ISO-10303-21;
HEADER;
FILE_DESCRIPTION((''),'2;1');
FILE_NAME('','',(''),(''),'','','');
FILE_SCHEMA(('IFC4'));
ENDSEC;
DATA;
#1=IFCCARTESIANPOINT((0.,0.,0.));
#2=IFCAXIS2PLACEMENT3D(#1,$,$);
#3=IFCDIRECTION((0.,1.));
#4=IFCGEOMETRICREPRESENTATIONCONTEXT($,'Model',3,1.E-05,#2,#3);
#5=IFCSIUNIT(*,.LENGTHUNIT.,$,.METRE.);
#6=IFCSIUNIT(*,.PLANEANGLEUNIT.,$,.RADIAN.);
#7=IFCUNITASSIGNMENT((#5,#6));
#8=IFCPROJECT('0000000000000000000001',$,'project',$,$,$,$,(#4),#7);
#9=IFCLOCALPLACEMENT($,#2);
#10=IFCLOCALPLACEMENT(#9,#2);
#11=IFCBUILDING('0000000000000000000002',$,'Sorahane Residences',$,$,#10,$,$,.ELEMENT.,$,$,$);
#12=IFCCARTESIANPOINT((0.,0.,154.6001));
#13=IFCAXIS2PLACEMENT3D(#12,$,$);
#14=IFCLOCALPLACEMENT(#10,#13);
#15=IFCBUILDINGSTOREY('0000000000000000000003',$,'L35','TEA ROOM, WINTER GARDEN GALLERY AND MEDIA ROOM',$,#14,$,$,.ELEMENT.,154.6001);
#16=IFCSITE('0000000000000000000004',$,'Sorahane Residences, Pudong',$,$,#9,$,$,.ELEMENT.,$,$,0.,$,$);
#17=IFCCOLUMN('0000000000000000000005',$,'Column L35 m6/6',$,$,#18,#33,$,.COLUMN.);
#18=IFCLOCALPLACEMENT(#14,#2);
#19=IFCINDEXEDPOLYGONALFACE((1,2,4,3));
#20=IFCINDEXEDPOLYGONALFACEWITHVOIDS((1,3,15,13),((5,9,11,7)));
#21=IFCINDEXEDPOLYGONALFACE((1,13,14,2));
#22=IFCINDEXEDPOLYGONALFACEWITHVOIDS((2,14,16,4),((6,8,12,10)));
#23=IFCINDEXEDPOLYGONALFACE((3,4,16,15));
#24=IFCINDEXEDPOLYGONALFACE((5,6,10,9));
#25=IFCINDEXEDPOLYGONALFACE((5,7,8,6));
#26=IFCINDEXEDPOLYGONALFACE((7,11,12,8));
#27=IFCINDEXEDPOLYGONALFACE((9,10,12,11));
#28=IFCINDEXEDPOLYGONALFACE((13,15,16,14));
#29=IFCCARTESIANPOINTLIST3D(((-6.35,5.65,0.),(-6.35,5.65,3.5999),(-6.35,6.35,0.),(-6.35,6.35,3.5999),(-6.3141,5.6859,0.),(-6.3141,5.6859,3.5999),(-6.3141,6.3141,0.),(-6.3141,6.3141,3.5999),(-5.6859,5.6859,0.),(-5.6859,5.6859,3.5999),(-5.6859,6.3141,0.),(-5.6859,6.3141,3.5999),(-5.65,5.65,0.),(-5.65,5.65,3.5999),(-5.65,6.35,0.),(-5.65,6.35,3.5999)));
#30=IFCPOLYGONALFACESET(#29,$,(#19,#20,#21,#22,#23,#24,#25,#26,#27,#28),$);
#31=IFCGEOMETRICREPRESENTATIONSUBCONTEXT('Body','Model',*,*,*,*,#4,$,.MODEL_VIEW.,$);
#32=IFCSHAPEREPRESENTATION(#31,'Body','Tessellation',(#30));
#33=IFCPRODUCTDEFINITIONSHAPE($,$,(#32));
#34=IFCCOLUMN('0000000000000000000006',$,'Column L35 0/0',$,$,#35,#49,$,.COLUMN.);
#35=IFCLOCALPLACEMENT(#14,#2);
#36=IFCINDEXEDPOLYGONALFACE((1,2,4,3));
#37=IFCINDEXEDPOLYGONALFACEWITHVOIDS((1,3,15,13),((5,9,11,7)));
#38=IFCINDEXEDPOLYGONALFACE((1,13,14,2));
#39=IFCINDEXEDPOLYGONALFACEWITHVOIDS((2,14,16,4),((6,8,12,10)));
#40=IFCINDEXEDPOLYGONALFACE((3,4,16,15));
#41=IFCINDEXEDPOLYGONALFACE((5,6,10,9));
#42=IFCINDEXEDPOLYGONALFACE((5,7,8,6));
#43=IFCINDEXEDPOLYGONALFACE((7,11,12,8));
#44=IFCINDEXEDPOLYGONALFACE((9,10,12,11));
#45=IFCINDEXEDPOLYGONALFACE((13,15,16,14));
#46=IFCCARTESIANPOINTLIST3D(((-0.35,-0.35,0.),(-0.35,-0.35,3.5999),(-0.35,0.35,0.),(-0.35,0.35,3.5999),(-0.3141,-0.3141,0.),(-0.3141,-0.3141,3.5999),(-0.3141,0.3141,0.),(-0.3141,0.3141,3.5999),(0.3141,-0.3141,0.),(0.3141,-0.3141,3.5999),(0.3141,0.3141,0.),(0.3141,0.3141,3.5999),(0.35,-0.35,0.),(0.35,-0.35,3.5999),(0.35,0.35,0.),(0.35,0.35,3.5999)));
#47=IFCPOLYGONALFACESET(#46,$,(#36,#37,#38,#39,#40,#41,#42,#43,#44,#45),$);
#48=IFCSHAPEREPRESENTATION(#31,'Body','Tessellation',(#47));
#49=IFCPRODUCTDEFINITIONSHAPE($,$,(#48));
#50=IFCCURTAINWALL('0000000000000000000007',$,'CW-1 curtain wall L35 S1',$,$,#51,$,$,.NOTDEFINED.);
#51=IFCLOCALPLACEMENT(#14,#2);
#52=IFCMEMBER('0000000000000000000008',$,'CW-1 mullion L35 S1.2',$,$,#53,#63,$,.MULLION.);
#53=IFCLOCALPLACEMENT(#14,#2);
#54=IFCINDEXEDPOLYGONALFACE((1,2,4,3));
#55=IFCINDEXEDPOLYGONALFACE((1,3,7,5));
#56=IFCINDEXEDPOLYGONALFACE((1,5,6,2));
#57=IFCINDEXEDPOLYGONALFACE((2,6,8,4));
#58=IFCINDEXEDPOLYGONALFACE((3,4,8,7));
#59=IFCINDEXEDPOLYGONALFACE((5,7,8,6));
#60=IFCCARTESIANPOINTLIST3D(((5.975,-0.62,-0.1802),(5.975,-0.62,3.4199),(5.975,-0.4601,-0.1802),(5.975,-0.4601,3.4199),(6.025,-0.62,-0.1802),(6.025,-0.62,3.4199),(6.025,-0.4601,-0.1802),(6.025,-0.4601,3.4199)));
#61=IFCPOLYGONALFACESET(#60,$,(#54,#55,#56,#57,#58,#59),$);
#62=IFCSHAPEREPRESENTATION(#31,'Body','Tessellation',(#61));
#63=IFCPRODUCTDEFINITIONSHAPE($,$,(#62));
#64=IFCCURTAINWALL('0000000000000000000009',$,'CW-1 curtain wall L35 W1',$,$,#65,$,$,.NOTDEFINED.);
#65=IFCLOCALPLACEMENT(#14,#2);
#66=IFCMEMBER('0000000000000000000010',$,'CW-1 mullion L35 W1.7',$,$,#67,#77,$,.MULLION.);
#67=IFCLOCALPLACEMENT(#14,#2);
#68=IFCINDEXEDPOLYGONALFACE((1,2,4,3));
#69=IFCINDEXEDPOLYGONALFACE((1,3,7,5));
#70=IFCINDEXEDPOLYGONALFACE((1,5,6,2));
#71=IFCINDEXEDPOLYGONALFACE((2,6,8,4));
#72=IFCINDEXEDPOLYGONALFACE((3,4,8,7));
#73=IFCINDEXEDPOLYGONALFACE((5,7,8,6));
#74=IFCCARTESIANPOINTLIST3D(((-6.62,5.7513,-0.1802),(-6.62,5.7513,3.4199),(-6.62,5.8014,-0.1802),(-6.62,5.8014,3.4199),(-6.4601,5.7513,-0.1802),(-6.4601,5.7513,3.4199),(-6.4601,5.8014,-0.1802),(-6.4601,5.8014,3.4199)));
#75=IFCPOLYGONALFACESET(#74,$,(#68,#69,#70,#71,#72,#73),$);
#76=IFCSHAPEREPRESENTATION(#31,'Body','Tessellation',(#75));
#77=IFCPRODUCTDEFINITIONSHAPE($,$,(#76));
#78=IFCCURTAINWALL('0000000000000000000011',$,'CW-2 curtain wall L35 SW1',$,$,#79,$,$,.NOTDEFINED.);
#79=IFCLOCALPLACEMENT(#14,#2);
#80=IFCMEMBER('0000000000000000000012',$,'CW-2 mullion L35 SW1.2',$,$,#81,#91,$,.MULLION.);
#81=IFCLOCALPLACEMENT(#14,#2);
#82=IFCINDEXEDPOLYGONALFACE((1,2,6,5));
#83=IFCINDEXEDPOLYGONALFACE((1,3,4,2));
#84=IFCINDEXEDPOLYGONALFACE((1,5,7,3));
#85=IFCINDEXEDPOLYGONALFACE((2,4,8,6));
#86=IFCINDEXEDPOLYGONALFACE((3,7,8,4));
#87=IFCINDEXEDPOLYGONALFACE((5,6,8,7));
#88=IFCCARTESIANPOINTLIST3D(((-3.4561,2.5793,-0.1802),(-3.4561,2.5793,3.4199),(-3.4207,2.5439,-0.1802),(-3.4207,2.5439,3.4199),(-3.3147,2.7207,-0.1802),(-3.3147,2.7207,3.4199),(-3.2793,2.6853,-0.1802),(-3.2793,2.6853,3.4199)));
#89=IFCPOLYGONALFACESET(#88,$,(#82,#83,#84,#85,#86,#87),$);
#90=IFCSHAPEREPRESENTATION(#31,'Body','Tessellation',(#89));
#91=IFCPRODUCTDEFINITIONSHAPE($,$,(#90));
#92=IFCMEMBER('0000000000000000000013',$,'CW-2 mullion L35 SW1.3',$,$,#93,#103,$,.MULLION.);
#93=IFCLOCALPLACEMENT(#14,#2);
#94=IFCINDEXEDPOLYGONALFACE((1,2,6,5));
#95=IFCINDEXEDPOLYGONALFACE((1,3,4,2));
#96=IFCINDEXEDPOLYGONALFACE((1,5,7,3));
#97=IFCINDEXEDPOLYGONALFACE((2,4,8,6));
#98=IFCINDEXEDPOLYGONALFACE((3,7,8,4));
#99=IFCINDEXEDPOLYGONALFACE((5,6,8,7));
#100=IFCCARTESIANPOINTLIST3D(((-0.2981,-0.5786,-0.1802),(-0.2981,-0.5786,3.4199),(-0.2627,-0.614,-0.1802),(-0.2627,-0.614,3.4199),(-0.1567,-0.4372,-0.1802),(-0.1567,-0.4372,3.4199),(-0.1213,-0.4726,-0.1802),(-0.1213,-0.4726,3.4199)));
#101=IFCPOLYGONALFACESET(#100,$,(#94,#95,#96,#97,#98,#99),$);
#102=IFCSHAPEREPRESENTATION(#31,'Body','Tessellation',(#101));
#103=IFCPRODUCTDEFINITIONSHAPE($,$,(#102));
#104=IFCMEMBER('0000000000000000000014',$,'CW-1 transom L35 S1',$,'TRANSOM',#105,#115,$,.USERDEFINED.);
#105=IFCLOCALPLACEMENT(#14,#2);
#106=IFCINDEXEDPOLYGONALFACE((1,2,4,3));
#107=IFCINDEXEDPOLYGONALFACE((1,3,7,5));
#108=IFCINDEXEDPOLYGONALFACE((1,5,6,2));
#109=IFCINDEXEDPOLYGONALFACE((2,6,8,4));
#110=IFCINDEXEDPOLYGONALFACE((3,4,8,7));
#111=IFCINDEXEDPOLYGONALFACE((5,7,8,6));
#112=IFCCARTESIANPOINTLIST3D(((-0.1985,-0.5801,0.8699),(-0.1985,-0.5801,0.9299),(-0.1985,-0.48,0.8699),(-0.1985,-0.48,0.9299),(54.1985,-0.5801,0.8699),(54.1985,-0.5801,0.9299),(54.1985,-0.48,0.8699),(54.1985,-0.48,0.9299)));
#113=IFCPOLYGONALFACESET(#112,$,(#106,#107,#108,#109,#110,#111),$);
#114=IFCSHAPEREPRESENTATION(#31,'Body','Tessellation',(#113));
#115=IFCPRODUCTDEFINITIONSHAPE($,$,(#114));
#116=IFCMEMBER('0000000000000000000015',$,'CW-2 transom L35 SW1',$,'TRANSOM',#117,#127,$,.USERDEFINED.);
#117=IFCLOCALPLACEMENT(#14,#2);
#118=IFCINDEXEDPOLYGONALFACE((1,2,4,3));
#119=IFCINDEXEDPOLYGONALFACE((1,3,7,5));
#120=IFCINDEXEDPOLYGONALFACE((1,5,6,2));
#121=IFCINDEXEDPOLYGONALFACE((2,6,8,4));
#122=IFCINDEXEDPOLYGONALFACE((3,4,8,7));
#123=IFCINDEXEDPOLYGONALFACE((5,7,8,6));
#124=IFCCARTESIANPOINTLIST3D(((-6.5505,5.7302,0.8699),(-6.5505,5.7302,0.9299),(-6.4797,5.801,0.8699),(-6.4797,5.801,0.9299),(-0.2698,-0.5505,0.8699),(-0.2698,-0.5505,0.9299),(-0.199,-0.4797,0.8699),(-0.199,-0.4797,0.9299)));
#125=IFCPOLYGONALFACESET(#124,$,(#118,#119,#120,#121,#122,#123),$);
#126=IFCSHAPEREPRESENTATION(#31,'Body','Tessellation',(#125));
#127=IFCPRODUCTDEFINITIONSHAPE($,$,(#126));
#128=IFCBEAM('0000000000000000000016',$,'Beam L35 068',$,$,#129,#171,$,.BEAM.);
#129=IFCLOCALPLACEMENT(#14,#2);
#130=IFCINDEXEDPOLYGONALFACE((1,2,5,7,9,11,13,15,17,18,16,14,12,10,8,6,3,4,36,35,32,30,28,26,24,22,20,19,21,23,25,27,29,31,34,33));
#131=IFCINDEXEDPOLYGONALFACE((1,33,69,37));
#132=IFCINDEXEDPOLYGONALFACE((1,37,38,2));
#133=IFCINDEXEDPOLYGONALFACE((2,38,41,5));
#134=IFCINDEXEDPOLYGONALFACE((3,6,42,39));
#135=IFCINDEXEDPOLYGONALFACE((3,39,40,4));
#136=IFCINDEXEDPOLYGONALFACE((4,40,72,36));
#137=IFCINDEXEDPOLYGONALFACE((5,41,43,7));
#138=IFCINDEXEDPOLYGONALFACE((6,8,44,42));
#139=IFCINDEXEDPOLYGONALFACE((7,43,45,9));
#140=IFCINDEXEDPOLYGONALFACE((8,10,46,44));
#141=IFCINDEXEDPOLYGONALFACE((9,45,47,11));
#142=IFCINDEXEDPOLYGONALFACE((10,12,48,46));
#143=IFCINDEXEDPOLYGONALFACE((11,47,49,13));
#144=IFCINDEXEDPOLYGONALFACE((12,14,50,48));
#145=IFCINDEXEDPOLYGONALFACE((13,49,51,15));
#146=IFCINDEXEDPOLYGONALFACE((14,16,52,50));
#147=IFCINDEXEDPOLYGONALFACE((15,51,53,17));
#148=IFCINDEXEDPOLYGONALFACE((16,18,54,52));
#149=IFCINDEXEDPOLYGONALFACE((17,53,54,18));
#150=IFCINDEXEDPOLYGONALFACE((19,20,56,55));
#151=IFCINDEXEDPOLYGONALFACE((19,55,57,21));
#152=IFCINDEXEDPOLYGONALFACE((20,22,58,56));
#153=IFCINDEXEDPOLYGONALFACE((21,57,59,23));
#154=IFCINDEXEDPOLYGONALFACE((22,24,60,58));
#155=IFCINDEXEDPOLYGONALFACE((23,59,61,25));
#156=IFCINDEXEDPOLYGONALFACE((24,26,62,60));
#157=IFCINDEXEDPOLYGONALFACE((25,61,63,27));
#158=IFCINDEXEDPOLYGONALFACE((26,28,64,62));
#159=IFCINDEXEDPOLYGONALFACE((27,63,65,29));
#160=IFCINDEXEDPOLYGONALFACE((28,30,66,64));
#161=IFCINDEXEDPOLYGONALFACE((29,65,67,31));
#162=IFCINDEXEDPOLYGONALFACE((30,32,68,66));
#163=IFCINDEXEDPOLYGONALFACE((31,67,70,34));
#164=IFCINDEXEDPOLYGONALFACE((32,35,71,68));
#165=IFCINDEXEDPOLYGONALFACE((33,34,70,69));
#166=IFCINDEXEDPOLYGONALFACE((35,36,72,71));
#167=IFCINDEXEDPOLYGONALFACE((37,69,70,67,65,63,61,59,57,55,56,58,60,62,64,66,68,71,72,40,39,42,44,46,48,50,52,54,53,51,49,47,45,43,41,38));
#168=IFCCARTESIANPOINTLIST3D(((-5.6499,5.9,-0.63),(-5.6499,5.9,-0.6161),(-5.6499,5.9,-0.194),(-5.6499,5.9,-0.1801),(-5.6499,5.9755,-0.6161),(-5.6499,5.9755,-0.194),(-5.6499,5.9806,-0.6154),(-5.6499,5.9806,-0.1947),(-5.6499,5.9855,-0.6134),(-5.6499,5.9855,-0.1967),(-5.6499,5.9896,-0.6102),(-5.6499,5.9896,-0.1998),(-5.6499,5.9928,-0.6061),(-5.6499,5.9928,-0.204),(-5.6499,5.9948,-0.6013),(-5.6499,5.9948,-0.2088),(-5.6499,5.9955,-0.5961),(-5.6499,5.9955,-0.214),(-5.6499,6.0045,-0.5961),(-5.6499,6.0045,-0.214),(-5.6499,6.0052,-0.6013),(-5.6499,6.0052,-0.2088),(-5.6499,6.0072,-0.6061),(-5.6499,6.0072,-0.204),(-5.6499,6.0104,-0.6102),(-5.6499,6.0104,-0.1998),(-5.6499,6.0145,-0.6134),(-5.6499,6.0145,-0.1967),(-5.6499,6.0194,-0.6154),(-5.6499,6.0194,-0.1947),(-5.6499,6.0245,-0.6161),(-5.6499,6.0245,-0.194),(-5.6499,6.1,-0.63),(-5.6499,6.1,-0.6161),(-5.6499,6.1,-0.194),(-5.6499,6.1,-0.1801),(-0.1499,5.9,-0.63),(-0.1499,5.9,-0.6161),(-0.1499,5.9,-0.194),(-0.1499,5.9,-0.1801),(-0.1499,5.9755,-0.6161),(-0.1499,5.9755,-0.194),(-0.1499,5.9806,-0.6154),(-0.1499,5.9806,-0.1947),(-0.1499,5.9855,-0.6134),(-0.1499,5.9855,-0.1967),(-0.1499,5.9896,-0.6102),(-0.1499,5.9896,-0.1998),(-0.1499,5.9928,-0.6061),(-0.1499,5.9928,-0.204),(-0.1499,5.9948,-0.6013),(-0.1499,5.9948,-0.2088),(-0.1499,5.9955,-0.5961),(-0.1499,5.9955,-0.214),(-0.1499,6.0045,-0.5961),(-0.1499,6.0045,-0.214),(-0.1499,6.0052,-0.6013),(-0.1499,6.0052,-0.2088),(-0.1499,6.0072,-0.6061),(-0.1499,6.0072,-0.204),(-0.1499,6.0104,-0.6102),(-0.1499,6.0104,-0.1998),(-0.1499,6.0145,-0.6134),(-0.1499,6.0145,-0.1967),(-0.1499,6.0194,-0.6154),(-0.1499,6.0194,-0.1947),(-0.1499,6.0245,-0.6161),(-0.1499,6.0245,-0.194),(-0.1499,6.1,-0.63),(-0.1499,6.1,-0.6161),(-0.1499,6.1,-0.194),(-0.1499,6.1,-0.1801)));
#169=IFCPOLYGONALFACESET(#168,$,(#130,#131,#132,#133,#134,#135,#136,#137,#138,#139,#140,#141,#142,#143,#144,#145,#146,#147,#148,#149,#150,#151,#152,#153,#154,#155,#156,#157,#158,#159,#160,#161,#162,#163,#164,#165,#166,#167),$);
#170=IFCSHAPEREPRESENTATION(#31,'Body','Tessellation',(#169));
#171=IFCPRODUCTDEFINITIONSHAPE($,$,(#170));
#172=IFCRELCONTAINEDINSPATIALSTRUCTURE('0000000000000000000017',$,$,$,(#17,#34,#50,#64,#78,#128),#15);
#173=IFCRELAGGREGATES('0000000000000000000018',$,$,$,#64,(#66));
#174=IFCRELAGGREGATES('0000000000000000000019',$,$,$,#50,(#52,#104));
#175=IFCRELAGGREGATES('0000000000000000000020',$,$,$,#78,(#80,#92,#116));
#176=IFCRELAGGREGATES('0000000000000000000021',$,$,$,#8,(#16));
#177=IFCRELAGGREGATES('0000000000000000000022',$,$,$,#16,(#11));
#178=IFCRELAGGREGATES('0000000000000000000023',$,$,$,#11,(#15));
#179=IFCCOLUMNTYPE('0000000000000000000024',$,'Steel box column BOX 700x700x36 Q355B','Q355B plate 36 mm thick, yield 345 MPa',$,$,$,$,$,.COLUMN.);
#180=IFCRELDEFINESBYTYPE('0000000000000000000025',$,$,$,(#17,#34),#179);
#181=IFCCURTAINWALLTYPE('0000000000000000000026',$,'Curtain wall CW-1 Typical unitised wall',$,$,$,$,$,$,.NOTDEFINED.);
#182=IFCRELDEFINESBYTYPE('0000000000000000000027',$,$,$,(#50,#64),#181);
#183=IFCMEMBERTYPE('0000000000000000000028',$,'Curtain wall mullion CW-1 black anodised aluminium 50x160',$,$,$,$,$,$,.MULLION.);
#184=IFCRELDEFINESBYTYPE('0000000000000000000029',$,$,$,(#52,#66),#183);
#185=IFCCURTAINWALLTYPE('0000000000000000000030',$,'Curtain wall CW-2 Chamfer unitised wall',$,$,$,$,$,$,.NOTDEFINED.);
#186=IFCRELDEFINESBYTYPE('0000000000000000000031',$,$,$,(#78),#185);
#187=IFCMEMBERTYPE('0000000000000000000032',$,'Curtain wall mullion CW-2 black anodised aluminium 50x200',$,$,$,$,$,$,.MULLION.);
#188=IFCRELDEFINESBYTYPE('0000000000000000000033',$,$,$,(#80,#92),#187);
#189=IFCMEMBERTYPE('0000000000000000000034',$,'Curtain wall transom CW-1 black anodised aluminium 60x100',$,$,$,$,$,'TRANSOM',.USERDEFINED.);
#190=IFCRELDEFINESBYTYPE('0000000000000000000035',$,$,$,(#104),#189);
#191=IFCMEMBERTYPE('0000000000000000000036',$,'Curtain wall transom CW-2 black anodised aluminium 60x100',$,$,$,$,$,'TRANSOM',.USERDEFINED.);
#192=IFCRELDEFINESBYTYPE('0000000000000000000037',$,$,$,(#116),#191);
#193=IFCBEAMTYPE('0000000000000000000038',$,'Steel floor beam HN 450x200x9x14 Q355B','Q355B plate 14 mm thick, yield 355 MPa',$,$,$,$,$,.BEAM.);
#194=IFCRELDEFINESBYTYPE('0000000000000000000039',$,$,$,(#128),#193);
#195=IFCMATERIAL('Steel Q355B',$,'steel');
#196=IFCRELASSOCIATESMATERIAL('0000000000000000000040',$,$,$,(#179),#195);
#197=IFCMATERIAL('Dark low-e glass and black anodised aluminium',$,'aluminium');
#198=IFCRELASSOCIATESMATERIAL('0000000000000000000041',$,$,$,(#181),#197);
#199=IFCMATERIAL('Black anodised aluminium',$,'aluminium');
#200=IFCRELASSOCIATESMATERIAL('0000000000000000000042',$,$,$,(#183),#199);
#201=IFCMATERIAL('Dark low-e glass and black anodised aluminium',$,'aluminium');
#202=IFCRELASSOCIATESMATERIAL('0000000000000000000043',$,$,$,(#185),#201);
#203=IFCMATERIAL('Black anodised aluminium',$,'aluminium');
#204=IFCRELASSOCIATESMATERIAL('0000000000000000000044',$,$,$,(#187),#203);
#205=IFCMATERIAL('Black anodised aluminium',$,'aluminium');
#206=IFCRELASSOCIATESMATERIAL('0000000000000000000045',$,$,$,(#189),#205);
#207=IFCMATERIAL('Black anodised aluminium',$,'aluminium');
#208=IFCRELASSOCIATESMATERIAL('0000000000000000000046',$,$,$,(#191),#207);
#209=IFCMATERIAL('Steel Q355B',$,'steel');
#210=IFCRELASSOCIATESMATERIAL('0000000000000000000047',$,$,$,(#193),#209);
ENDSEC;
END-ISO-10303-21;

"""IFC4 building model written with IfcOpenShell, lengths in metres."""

from ifc_helpers import new_model, si_unit, direction, frame, origin, origin_2d, place, context, subcontext, project, spatial, rectangle, hollow_rectangle, i_section, extrude, material, material_profile, profile_set, type_object, element, aggregate, save


model = new_model("IFC4")

# Units and contexts
model_context = context("Model", 3, precision=1e-05, world=origin(), true_north=direction((0.0, 1.0)))
body_context = subcontext(model_context, "Body", "Model", "MODEL_VIEW")
ifc_project = project(units=[si_unit("LENGTHUNIT", "METRE"), si_unit("PLANEANGLEUNIT", "RADIAN")], contexts=[model_context])

# Site, building, storey
site_placement = place(None, origin())
site = spatial("IfcSite", under=ifc_project, at=site_placement, Name="Sorahane Residences, Pudong", CompositionType="ELEMENT", RefElevation=0.0)
building_placement = place(site_placement, origin())
building = spatial("IfcBuilding", under=site, at=building_placement, Name="Sorahane Residences", CompositionType="ELEMENT")
storey_placement = place(building_placement, frame((0.0, 0.0, 154.6001)))
storey = spatial("IfcBuildingStorey", under=building, at=storey_placement, Name="L35", Description="TEA ROOM, WINTER GARDEN GALLERY AND MEDIA ROOM", CompositionType="ELEMENT", Elevation=154.6001)

# Columns
ifc_material_1 = material(Name="Steel Q355B", Category="steel")
ifc_material_profile_1 = material_profile(ifc_material_1, hollow_rectangle(XDim=0.7, YDim=0.7, WallThickness=0.0359, at=origin_2d()), Name="BOX 700x700x36")
ifc_profile_set_1 = profile_set([ifc_material_profile_1], Name="Steel Q355B")
column_type = type_object("IfcColumnType", Name="Steel box column BOX 700x700x36 Q355B", Description="Q355B plate 36 mm thick, yield 345 MPa", PredefinedType="COLUMN", material=ifc_profile_set_1)
for number, where, z_axis, x_axis, name in (
    (1, (-6.0, 6.0, 0.0), (0.0, 0.0, 1.0), (1.0, 0.0, 0.0), "Column L35 m6/6"),
    (2, (0.0, 0.0, 0.0), (0.0, 0.0, 1.0), (1.0, 0.0, 0.0), "Column L35 0/0"),
):
    element("IfcColumn", number, at=place(storey_placement, frame(where, z_axis=z_axis, x_axis=x_axis)), inside=storey, type_object=column_type, Name=name, PredefinedType="COLUMN", context=body_context, shape_type="SweptSolid", body=[
        extrude(hollow_rectangle(XDim=0.7, YDim=0.7, WallThickness=0.0359, at=origin_2d()), origin(), (0.0, 0.0, 1.0), 3.5999),
    ])

# Curtain walls, members
ifc_material_2 = material(Name="Dark low-e glass and black anodised aluminium", Category="aluminium")
curtain_wall_type_1 = type_object("IfcCurtainWallType", Name="Curtain wall CW-1 Typical unitised wall", PredefinedType="NOTDEFINED", material=ifc_material_2)
curtain_wall_1_placement = place(storey_placement, origin())
curtain_wall_1 = element("IfcCurtainWall", 3, at=curtain_wall_1_placement, inside=storey, type_object=curtain_wall_type_1, Name="CW-1 curtain wall L35 S1", PredefinedType="NOTDEFINED")
ifc_material_3 = material(Name="Black anodised aluminium", Category="aluminium")
ifc_material_profile_2 = material_profile(ifc_material_3, rectangle(XDim=0.1599, YDim=0.05, at=origin_2d()), Name="Curtain wall mullion CW-1 black anodised aluminium 50x160")
ifc_profile_set_2 = profile_set([ifc_material_profile_2], Name="Black anodised aluminium")
member_type_1 = type_object("IfcMemberType", Name="Curtain wall mullion CW-1 black anodised aluminium 50x160", PredefinedType="MULLION", material=ifc_profile_set_2)
member_1_placement = place(storey_placement, frame((6.0, -0.54, -0.1802), z_axis=(0.0, 0.0, 1.0), x_axis=(0.0, -1.0, 0.0)))
member_1 = element("IfcMember", 4, at=member_1_placement, type_object=member_type_1, Name="CW-1 mullion L35 S1.2", PredefinedType="MULLION", context=body_context, shape_type="SweptSolid", body=[
    extrude(rectangle(XDim=0.1599, YDim=0.05, at=origin_2d()), origin(), (0.0, 0.0, 1.0), 3.6001),
])
curtain_wall_2_placement = place(storey_placement, origin())
curtain_wall_2 = element("IfcCurtainWall", 5, at=curtain_wall_2_placement, inside=storey, type_object=curtain_wall_type_1, Name="CW-1 curtain wall L35 W1", PredefinedType="NOTDEFINED")
member_2_placement = place(storey_placement, frame((-6.54, 5.7764, -0.1802), z_axis=(0.0, 0.0, 1.0), x_axis=(-1.0, 0.0, 0.0)))
member_2 = element("IfcMember", 6, at=member_2_placement, type_object=member_type_1, Name="CW-1 mullion L35 W1.7", PredefinedType="MULLION", context=body_context, shape_type="SweptSolid", body=[
    extrude(rectangle(XDim=0.1599, YDim=0.05, at=origin_2d()), origin(), (0.0, 0.0, 1.0), 3.6001),
])
aggregate(curtain_wall_2, [member_2])

# Curtain wall, members
ifc_material_4 = material(Name="Dark low-e glass and black anodised aluminium", Category="aluminium")
curtain_wall_type_2 = type_object("IfcCurtainWallType", Name="Curtain wall CW-2 Chamfer unitised wall", PredefinedType="NOTDEFINED", material=ifc_material_4)
curtain_wall_3_placement = place(storey_placement, origin())
curtain_wall_3 = element("IfcCurtainWall", 7, at=curtain_wall_3_placement, inside=storey, type_object=curtain_wall_type_2, Name="CW-2 curtain wall L35 SW1", PredefinedType="NOTDEFINED")
ifc_material_5 = material(Name="Black anodised aluminium", Category="aluminium")
ifc_material_profile_3 = material_profile(ifc_material_5, rectangle(XDim=0.2, YDim=0.05, at=origin_2d()), Name="Curtain wall mullion CW-2 black anodised aluminium 50x200")
ifc_profile_set_3 = profile_set([ifc_material_profile_3], Name="Black anodised aluminium")
member_type_2 = type_object("IfcMemberType", Name="Curtain wall mullion CW-2 black anodised aluminium 50x200", PredefinedType="MULLION", material=ifc_profile_set_3)
member_3_placement = place(storey_placement, frame((-3.3677, 2.6323, -0.1802), z_axis=(0.0, 0.0, 1.0), x_axis=(-0.707107, -0.707107, 0.0)))
member_3 = element("IfcMember", 8, at=member_3_placement, type_object=member_type_2, Name="CW-2 mullion L35 SW1.2", PredefinedType="MULLION", context=body_context, shape_type="SweptSolid", body=[
    extrude(rectangle(XDim=0.2, YDim=0.05, at=origin_2d()), origin(), (0.0, 0.0, 1.0), 3.6001),
])
member_4_placement = place(storey_placement, frame((-0.2097, -0.5256, -0.1802), z_axis=(0.0, 0.0, 1.0), x_axis=(-0.707107, -0.707107, 0.0)))
member_4 = element("IfcMember", 9, at=member_4_placement, type_object=member_type_2, Name="CW-2 mullion L35 SW1.3", PredefinedType="MULLION", context=body_context, shape_type="SweptSolid", body=[
    extrude(rectangle(XDim=0.2, YDim=0.05, at=origin_2d()), origin(), (0.0, 0.0, 1.0), 3.6001),
])

# Members
ifc_material_6 = material(Name="Black anodised aluminium", Category="aluminium")
ifc_material_profile_4 = material_profile(ifc_material_6, rectangle(XDim=0.1001, YDim=0.0601, at=origin_2d()), Name="Curtain wall transom CW-1 black anodised aluminium 60x100")
ifc_profile_set_4 = profile_set([ifc_material_profile_4], Name="Black anodised aluminium")
member_type_3 = type_object("IfcMemberType", Name="Curtain wall transom CW-1 black anodised aluminium 60x100", ElementType="TRANSOM", PredefinedType="USERDEFINED", material=ifc_profile_set_4)
member_5_placement = place(storey_placement, frame((-0.1985, -0.53, 0.8999), z_axis=(1.0, 0.0, 0.0), x_axis=(0.0, 1.0, 0.0)))
member_5 = element("IfcMember", 10, at=member_5_placement, type_object=member_type_3, Name="CW-1 transom L35 S1", ObjectType="TRANSOM", PredefinedType="USERDEFINED", context=body_context, shape_type="SweptSolid", body=[
    extrude(rectangle(XDim=0.1001, YDim=0.0601, at=origin_2d()), origin(), (0.0, 0.0, 1.0), 54.397),
])
ifc_material_7 = material(Name="Black anodised aluminium", Category="aluminium")
ifc_material_profile_5 = material_profile(ifc_material_7, rectangle(XDim=0.1001, YDim=0.0601, at=origin_2d()), Name="Curtain wall transom CW-2 black anodised aluminium 60x100")
ifc_profile_set_5 = profile_set([ifc_material_profile_5], Name="Black anodised aluminium")
member_type_4 = type_object("IfcMemberType", Name="Curtain wall transom CW-2 black anodised aluminium 60x100", ElementType="TRANSOM", PredefinedType="USERDEFINED", material=ifc_profile_set_5)
member_6_placement = place(storey_placement, frame((-6.5151, 5.7656, 0.8999), z_axis=(0.707107, -0.707107, 0.0), x_axis=(0.707107, 0.707107, 0.0)))
member_6 = element("IfcMember", 11, at=member_6_placement, type_object=member_type_4, Name="CW-2 transom L35 SW1", ObjectType="TRANSOM", PredefinedType="USERDEFINED", context=body_context, shape_type="SweptSolid", body=[
    extrude(rectangle(XDim=0.1001, YDim=0.0601, at=origin_2d()), origin(), (0.0, 0.0, 1.0), 8.8823),
])

# Beam
ifc_material_8 = material(Name="Steel Q355B", Category="steel")
ifc_material_profile_6 = material_profile(ifc_material_8, i_section(OverallWidth=0.2, OverallDepth=0.45, WebThickness=0.009, FlangeThickness=0.0139, FilletRadius=0.02, at=origin_2d()), Name="HN 450x200x9x14")
ifc_profile_set_6 = profile_set([ifc_material_profile_6], Name="Steel Q355B")
beam_type_1 = type_object("IfcBeamType", Name="Steel floor beam HN 450x200x9x14 Q355B", Description="Q355B plate 14 mm thick, yield 355 MPa", PredefinedType="BEAM", material=ifc_profile_set_6)
beam_1_placement = place(storey_placement, frame((-5.6499, 6.0, -0.405), z_axis=(1.0, 0.0, 0.0), x_axis=(0.0, 1.0, 0.0)))
element("IfcBeam", 12, at=beam_1_placement, inside=storey, type_object=beam_type_1, Name="Beam L35 068", PredefinedType="BEAM", context=body_context, shape_type="SweptSolid", body=[
    extrude(i_section(OverallWidth=0.2, OverallDepth=0.45, WebThickness=0.009, FlangeThickness=0.0139, FilletRadius=0.02, at=origin_2d()), origin(), (0.0, 0.0, 1.0), 5.5),
])

aggregate(curtain_wall_1, [member_1, member_5])
aggregate(curtain_wall_3, [member_3, member_4, member_6])

save(model, "model.ifc")
